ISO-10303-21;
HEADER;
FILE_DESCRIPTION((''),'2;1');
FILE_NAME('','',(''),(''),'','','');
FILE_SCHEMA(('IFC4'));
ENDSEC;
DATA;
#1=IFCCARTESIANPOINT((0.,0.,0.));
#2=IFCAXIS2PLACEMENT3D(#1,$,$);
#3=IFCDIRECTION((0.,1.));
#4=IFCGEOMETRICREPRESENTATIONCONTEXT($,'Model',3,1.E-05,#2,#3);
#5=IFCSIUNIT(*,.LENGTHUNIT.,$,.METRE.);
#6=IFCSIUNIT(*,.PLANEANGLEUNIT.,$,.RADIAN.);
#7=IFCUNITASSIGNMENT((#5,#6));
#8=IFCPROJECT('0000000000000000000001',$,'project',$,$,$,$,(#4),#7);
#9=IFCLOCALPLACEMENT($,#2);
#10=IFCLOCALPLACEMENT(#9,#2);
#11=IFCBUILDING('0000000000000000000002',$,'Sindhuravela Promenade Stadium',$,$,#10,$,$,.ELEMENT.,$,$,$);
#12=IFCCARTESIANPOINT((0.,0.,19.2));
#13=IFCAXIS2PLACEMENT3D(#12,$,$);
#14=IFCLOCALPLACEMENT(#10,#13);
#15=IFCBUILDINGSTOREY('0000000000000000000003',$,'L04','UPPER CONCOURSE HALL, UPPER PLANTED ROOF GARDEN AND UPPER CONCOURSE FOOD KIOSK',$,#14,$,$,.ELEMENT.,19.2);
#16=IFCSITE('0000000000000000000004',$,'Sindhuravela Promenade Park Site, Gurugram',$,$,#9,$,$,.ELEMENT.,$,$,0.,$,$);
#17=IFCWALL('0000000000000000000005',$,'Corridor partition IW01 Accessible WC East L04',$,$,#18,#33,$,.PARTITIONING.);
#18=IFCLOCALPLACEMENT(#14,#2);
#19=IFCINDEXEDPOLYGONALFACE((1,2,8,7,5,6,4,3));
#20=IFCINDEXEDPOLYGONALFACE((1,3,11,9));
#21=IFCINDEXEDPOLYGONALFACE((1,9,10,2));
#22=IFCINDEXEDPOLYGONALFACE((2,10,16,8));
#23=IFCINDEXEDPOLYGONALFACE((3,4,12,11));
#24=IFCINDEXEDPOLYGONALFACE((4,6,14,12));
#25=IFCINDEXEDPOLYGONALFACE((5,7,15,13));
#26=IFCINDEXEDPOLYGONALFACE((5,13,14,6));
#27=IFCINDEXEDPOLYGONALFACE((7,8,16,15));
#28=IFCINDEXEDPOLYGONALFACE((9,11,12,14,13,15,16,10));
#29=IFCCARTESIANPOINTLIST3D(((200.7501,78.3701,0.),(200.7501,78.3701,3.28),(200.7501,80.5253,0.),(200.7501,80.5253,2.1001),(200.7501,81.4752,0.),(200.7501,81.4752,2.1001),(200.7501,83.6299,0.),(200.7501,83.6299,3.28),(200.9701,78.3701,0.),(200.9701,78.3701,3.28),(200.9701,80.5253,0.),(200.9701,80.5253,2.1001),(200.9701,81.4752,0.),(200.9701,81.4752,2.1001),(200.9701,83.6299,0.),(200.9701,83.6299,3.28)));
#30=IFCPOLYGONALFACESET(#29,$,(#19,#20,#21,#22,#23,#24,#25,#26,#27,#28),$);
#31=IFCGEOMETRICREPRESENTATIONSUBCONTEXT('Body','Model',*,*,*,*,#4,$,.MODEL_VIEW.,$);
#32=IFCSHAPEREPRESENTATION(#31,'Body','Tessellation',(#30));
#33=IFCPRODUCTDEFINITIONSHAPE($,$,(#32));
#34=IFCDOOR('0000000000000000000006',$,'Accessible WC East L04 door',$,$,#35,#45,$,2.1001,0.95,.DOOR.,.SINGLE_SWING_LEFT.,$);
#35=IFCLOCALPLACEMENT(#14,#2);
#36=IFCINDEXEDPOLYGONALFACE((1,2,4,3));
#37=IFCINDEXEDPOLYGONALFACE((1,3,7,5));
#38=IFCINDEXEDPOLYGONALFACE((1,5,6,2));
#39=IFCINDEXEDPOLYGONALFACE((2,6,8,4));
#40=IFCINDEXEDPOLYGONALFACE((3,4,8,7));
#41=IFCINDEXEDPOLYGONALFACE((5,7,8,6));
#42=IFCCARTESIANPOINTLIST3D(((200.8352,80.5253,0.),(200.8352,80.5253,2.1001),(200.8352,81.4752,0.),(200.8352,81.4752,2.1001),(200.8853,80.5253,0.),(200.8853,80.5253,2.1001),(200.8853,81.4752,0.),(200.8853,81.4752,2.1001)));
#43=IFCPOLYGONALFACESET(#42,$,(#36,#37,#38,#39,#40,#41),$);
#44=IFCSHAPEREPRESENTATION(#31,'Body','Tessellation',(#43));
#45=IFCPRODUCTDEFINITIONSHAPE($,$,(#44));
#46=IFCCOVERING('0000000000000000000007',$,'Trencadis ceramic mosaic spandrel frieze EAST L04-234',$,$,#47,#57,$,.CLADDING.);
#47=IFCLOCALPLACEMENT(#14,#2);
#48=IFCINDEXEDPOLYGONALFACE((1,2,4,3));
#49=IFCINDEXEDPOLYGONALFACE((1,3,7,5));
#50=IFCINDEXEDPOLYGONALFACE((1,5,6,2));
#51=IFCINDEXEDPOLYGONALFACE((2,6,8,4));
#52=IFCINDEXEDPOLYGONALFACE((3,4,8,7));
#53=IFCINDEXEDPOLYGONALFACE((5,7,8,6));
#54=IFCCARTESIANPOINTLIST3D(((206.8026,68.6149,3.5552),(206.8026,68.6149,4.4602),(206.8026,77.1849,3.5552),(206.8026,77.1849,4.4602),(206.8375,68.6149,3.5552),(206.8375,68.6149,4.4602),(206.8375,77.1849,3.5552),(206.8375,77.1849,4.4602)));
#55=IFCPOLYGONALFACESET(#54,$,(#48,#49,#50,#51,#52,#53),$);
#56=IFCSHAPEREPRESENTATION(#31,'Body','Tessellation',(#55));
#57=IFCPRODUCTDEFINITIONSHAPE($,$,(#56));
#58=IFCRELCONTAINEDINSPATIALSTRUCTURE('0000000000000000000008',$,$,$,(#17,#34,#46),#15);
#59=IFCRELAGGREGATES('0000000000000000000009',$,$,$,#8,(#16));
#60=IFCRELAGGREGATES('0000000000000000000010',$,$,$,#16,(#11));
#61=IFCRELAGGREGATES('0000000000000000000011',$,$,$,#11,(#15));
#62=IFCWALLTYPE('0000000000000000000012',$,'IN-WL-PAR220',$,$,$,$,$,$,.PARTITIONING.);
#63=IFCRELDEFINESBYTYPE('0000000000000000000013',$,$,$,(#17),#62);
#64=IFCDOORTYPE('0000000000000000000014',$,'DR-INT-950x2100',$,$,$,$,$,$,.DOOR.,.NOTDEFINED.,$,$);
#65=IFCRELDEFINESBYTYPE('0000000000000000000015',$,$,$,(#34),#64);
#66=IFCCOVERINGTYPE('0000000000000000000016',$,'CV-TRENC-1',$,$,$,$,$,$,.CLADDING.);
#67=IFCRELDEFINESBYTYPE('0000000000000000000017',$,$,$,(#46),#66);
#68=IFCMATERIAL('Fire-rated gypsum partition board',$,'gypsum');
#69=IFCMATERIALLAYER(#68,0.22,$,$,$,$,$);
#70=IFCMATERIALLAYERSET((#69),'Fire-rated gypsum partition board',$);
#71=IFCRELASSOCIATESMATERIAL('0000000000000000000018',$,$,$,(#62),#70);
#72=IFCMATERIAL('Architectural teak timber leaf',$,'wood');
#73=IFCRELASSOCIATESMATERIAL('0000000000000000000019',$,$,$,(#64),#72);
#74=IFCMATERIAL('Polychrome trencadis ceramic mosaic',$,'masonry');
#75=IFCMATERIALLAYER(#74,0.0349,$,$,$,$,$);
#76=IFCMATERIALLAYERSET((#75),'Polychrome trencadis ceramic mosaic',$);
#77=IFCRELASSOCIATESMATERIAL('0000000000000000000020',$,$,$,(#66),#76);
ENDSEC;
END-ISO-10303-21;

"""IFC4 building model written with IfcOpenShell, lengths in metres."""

from ifc_helpers import new_model, si_unit, direction, frame, frame_2d, origin, origin_2d, place, context, subcontext, project, spatial, rectangle, extrude, material, layer, layer_set, type_object, element, fill, save


model = new_model("IFC4")

# Units and contexts
model_context = context("Model", 3, precision=1e-05, world=origin(), true_north=direction((0.0, 1.0)))
body_context = subcontext(model_context, "Body", "Model", "MODEL_VIEW")
ifc_project = project(units=[si_unit("LENGTHUNIT", "METRE"), si_unit("PLANEANGLEUNIT", "RADIAN")], contexts=[model_context])

# Site, building, storey
site_placement = place(None, origin())
site = spatial("IfcSite", under=ifc_project, at=site_placement, Name="Sindhuravela Promenade Park Site, Gurugram", CompositionType="ELEMENT", RefElevation=0.0)
building_placement = place(site_placement, origin())
building = spatial("IfcBuilding", under=site, at=building_placement, Name="Sindhuravela Promenade Stadium", CompositionType="ELEMENT")
storey_placement = place(building_placement, frame((0.0, 0.0, 19.2)))
storey = spatial("IfcBuildingStorey", under=building, at=storey_placement, Name="L04", Description="UPPER CONCOURSE HALL, UPPER PLANTED ROOF GARDEN AND UPPER CONCOURSE FOOD KIOSK", CompositionType="ELEMENT", Elevation=19.2)

# Shared definitions
ifc_material_1 = material(Name="Fire-rated gypsum partition board", Category="gypsum")

# Wall, opening, door
ifc_layer_1 = layer(ifc_material_1, 0.22)
ifc_layer_set_1 = layer_set([ifc_layer_1], Name="Fire-rated gypsum partition board")
wall_type_1 = type_object("IfcWallType", Name="IN-WL-PAR220", PredefinedType="PARTITIONING", material=ifc_layer_set_1)
wall_1_placement = place(storey_placement, frame((200.8601, 78.3701, 0.0), z_axis=(0.0, 0.0, 1.0), x_axis=(0.0, 1.0, 0.0)))
wall_1 = element("IfcWall", 1, at=wall_1_placement, inside=storey, type_object=wall_type_1, Name="Corridor partition IW01 Accessible WC East L04", PredefinedType="PARTITIONING", context=body_context, shape_type="SweptSolid", body=[
    extrude(rectangle(XDim=5.2598, YDim=0.22, at=frame_2d((2.6299, 0.0))), origin(), (0.0, 0.0, 1.0), 3.28),
])
opening_placement = place(wall_1_placement, frame((2.155, 0.0, 0.0)))
opening = element("IfcOpeningElement", 2, at=opening_placement, cuts=wall_1, PredefinedType="OPENING", context=body_context, shape_type="SweptSolid", body=[
    extrude(rectangle(XDim=0.95, YDim=2.1001, at=frame_2d((0.4751, 1.05))), frame((0.0, 0.1199, 0.0), z_axis=(0.0, -1.0, 0.0), x_axis=(1.0, 0.0, 0.0)), (0.0, 0.0, 1.0), 0.24),
])
ifc_material_2 = material(Name="Architectural teak timber leaf", Category="wood")
door_type = type_object("IfcDoorType", Name="DR-INT-950x2100", OperationType="NOTDEFINED", PredefinedType="DOOR", material=ifc_material_2)
door_placement = place(opening_placement, origin())
door = element("IfcDoor", 3, at=door_placement, inside=storey, type_object=door_type, Name="Accessible WC East L04 door", OperationType="SINGLE_SWING_LEFT", OverallHeight=2.1001, OverallWidth=0.95, PredefinedType="DOOR", context=body_context, shape_type="SweptSolid", body=[
    extrude(rectangle(XDim=0.95, YDim=2.1001, at=frame_2d((0.4751, 1.05))), frame((0.0, 0.0249, 0.0), z_axis=(0.0, -1.0, 0.0), x_axis=(1.0, 0.0, 0.0)), (0.0, 0.0, 1.0), 0.05),
])
fill(opening, door)

# Covering
ifc_material_3 = material(Name="Polychrome trencadis ceramic mosaic", Category="masonry")
ifc_layer_2 = layer(ifc_material_3, 0.0349)
ifc_layer_set_2 = layer_set([ifc_layer_2], Name="Polychrome trencadis ceramic mosaic")
covering_type = type_object("IfcCoveringType", Name="CV-TRENC-1", PredefinedType="CLADDING", material=ifc_layer_set_2)
covering_placement = place(storey_placement, frame((206.8201, 72.8999, 3.5552), z_axis=(0.0, 0.0, 1.0), x_axis=(0.0, -1.0, 0.0)))
element("IfcCovering", 4, at=covering_placement, inside=storey, type_object=covering_type, Name="Trencadis ceramic mosaic spandrel frieze EAST L04-234", PredefinedType="CLADDING", context=body_context, shape_type="SweptSolid", body=[
    extrude(rectangle(XDim=8.5701, YDim=0.0349, at=origin_2d()), origin(), (0.0, 0.0, 1.0), 0.905),
])

save(model, "model.ifc")
